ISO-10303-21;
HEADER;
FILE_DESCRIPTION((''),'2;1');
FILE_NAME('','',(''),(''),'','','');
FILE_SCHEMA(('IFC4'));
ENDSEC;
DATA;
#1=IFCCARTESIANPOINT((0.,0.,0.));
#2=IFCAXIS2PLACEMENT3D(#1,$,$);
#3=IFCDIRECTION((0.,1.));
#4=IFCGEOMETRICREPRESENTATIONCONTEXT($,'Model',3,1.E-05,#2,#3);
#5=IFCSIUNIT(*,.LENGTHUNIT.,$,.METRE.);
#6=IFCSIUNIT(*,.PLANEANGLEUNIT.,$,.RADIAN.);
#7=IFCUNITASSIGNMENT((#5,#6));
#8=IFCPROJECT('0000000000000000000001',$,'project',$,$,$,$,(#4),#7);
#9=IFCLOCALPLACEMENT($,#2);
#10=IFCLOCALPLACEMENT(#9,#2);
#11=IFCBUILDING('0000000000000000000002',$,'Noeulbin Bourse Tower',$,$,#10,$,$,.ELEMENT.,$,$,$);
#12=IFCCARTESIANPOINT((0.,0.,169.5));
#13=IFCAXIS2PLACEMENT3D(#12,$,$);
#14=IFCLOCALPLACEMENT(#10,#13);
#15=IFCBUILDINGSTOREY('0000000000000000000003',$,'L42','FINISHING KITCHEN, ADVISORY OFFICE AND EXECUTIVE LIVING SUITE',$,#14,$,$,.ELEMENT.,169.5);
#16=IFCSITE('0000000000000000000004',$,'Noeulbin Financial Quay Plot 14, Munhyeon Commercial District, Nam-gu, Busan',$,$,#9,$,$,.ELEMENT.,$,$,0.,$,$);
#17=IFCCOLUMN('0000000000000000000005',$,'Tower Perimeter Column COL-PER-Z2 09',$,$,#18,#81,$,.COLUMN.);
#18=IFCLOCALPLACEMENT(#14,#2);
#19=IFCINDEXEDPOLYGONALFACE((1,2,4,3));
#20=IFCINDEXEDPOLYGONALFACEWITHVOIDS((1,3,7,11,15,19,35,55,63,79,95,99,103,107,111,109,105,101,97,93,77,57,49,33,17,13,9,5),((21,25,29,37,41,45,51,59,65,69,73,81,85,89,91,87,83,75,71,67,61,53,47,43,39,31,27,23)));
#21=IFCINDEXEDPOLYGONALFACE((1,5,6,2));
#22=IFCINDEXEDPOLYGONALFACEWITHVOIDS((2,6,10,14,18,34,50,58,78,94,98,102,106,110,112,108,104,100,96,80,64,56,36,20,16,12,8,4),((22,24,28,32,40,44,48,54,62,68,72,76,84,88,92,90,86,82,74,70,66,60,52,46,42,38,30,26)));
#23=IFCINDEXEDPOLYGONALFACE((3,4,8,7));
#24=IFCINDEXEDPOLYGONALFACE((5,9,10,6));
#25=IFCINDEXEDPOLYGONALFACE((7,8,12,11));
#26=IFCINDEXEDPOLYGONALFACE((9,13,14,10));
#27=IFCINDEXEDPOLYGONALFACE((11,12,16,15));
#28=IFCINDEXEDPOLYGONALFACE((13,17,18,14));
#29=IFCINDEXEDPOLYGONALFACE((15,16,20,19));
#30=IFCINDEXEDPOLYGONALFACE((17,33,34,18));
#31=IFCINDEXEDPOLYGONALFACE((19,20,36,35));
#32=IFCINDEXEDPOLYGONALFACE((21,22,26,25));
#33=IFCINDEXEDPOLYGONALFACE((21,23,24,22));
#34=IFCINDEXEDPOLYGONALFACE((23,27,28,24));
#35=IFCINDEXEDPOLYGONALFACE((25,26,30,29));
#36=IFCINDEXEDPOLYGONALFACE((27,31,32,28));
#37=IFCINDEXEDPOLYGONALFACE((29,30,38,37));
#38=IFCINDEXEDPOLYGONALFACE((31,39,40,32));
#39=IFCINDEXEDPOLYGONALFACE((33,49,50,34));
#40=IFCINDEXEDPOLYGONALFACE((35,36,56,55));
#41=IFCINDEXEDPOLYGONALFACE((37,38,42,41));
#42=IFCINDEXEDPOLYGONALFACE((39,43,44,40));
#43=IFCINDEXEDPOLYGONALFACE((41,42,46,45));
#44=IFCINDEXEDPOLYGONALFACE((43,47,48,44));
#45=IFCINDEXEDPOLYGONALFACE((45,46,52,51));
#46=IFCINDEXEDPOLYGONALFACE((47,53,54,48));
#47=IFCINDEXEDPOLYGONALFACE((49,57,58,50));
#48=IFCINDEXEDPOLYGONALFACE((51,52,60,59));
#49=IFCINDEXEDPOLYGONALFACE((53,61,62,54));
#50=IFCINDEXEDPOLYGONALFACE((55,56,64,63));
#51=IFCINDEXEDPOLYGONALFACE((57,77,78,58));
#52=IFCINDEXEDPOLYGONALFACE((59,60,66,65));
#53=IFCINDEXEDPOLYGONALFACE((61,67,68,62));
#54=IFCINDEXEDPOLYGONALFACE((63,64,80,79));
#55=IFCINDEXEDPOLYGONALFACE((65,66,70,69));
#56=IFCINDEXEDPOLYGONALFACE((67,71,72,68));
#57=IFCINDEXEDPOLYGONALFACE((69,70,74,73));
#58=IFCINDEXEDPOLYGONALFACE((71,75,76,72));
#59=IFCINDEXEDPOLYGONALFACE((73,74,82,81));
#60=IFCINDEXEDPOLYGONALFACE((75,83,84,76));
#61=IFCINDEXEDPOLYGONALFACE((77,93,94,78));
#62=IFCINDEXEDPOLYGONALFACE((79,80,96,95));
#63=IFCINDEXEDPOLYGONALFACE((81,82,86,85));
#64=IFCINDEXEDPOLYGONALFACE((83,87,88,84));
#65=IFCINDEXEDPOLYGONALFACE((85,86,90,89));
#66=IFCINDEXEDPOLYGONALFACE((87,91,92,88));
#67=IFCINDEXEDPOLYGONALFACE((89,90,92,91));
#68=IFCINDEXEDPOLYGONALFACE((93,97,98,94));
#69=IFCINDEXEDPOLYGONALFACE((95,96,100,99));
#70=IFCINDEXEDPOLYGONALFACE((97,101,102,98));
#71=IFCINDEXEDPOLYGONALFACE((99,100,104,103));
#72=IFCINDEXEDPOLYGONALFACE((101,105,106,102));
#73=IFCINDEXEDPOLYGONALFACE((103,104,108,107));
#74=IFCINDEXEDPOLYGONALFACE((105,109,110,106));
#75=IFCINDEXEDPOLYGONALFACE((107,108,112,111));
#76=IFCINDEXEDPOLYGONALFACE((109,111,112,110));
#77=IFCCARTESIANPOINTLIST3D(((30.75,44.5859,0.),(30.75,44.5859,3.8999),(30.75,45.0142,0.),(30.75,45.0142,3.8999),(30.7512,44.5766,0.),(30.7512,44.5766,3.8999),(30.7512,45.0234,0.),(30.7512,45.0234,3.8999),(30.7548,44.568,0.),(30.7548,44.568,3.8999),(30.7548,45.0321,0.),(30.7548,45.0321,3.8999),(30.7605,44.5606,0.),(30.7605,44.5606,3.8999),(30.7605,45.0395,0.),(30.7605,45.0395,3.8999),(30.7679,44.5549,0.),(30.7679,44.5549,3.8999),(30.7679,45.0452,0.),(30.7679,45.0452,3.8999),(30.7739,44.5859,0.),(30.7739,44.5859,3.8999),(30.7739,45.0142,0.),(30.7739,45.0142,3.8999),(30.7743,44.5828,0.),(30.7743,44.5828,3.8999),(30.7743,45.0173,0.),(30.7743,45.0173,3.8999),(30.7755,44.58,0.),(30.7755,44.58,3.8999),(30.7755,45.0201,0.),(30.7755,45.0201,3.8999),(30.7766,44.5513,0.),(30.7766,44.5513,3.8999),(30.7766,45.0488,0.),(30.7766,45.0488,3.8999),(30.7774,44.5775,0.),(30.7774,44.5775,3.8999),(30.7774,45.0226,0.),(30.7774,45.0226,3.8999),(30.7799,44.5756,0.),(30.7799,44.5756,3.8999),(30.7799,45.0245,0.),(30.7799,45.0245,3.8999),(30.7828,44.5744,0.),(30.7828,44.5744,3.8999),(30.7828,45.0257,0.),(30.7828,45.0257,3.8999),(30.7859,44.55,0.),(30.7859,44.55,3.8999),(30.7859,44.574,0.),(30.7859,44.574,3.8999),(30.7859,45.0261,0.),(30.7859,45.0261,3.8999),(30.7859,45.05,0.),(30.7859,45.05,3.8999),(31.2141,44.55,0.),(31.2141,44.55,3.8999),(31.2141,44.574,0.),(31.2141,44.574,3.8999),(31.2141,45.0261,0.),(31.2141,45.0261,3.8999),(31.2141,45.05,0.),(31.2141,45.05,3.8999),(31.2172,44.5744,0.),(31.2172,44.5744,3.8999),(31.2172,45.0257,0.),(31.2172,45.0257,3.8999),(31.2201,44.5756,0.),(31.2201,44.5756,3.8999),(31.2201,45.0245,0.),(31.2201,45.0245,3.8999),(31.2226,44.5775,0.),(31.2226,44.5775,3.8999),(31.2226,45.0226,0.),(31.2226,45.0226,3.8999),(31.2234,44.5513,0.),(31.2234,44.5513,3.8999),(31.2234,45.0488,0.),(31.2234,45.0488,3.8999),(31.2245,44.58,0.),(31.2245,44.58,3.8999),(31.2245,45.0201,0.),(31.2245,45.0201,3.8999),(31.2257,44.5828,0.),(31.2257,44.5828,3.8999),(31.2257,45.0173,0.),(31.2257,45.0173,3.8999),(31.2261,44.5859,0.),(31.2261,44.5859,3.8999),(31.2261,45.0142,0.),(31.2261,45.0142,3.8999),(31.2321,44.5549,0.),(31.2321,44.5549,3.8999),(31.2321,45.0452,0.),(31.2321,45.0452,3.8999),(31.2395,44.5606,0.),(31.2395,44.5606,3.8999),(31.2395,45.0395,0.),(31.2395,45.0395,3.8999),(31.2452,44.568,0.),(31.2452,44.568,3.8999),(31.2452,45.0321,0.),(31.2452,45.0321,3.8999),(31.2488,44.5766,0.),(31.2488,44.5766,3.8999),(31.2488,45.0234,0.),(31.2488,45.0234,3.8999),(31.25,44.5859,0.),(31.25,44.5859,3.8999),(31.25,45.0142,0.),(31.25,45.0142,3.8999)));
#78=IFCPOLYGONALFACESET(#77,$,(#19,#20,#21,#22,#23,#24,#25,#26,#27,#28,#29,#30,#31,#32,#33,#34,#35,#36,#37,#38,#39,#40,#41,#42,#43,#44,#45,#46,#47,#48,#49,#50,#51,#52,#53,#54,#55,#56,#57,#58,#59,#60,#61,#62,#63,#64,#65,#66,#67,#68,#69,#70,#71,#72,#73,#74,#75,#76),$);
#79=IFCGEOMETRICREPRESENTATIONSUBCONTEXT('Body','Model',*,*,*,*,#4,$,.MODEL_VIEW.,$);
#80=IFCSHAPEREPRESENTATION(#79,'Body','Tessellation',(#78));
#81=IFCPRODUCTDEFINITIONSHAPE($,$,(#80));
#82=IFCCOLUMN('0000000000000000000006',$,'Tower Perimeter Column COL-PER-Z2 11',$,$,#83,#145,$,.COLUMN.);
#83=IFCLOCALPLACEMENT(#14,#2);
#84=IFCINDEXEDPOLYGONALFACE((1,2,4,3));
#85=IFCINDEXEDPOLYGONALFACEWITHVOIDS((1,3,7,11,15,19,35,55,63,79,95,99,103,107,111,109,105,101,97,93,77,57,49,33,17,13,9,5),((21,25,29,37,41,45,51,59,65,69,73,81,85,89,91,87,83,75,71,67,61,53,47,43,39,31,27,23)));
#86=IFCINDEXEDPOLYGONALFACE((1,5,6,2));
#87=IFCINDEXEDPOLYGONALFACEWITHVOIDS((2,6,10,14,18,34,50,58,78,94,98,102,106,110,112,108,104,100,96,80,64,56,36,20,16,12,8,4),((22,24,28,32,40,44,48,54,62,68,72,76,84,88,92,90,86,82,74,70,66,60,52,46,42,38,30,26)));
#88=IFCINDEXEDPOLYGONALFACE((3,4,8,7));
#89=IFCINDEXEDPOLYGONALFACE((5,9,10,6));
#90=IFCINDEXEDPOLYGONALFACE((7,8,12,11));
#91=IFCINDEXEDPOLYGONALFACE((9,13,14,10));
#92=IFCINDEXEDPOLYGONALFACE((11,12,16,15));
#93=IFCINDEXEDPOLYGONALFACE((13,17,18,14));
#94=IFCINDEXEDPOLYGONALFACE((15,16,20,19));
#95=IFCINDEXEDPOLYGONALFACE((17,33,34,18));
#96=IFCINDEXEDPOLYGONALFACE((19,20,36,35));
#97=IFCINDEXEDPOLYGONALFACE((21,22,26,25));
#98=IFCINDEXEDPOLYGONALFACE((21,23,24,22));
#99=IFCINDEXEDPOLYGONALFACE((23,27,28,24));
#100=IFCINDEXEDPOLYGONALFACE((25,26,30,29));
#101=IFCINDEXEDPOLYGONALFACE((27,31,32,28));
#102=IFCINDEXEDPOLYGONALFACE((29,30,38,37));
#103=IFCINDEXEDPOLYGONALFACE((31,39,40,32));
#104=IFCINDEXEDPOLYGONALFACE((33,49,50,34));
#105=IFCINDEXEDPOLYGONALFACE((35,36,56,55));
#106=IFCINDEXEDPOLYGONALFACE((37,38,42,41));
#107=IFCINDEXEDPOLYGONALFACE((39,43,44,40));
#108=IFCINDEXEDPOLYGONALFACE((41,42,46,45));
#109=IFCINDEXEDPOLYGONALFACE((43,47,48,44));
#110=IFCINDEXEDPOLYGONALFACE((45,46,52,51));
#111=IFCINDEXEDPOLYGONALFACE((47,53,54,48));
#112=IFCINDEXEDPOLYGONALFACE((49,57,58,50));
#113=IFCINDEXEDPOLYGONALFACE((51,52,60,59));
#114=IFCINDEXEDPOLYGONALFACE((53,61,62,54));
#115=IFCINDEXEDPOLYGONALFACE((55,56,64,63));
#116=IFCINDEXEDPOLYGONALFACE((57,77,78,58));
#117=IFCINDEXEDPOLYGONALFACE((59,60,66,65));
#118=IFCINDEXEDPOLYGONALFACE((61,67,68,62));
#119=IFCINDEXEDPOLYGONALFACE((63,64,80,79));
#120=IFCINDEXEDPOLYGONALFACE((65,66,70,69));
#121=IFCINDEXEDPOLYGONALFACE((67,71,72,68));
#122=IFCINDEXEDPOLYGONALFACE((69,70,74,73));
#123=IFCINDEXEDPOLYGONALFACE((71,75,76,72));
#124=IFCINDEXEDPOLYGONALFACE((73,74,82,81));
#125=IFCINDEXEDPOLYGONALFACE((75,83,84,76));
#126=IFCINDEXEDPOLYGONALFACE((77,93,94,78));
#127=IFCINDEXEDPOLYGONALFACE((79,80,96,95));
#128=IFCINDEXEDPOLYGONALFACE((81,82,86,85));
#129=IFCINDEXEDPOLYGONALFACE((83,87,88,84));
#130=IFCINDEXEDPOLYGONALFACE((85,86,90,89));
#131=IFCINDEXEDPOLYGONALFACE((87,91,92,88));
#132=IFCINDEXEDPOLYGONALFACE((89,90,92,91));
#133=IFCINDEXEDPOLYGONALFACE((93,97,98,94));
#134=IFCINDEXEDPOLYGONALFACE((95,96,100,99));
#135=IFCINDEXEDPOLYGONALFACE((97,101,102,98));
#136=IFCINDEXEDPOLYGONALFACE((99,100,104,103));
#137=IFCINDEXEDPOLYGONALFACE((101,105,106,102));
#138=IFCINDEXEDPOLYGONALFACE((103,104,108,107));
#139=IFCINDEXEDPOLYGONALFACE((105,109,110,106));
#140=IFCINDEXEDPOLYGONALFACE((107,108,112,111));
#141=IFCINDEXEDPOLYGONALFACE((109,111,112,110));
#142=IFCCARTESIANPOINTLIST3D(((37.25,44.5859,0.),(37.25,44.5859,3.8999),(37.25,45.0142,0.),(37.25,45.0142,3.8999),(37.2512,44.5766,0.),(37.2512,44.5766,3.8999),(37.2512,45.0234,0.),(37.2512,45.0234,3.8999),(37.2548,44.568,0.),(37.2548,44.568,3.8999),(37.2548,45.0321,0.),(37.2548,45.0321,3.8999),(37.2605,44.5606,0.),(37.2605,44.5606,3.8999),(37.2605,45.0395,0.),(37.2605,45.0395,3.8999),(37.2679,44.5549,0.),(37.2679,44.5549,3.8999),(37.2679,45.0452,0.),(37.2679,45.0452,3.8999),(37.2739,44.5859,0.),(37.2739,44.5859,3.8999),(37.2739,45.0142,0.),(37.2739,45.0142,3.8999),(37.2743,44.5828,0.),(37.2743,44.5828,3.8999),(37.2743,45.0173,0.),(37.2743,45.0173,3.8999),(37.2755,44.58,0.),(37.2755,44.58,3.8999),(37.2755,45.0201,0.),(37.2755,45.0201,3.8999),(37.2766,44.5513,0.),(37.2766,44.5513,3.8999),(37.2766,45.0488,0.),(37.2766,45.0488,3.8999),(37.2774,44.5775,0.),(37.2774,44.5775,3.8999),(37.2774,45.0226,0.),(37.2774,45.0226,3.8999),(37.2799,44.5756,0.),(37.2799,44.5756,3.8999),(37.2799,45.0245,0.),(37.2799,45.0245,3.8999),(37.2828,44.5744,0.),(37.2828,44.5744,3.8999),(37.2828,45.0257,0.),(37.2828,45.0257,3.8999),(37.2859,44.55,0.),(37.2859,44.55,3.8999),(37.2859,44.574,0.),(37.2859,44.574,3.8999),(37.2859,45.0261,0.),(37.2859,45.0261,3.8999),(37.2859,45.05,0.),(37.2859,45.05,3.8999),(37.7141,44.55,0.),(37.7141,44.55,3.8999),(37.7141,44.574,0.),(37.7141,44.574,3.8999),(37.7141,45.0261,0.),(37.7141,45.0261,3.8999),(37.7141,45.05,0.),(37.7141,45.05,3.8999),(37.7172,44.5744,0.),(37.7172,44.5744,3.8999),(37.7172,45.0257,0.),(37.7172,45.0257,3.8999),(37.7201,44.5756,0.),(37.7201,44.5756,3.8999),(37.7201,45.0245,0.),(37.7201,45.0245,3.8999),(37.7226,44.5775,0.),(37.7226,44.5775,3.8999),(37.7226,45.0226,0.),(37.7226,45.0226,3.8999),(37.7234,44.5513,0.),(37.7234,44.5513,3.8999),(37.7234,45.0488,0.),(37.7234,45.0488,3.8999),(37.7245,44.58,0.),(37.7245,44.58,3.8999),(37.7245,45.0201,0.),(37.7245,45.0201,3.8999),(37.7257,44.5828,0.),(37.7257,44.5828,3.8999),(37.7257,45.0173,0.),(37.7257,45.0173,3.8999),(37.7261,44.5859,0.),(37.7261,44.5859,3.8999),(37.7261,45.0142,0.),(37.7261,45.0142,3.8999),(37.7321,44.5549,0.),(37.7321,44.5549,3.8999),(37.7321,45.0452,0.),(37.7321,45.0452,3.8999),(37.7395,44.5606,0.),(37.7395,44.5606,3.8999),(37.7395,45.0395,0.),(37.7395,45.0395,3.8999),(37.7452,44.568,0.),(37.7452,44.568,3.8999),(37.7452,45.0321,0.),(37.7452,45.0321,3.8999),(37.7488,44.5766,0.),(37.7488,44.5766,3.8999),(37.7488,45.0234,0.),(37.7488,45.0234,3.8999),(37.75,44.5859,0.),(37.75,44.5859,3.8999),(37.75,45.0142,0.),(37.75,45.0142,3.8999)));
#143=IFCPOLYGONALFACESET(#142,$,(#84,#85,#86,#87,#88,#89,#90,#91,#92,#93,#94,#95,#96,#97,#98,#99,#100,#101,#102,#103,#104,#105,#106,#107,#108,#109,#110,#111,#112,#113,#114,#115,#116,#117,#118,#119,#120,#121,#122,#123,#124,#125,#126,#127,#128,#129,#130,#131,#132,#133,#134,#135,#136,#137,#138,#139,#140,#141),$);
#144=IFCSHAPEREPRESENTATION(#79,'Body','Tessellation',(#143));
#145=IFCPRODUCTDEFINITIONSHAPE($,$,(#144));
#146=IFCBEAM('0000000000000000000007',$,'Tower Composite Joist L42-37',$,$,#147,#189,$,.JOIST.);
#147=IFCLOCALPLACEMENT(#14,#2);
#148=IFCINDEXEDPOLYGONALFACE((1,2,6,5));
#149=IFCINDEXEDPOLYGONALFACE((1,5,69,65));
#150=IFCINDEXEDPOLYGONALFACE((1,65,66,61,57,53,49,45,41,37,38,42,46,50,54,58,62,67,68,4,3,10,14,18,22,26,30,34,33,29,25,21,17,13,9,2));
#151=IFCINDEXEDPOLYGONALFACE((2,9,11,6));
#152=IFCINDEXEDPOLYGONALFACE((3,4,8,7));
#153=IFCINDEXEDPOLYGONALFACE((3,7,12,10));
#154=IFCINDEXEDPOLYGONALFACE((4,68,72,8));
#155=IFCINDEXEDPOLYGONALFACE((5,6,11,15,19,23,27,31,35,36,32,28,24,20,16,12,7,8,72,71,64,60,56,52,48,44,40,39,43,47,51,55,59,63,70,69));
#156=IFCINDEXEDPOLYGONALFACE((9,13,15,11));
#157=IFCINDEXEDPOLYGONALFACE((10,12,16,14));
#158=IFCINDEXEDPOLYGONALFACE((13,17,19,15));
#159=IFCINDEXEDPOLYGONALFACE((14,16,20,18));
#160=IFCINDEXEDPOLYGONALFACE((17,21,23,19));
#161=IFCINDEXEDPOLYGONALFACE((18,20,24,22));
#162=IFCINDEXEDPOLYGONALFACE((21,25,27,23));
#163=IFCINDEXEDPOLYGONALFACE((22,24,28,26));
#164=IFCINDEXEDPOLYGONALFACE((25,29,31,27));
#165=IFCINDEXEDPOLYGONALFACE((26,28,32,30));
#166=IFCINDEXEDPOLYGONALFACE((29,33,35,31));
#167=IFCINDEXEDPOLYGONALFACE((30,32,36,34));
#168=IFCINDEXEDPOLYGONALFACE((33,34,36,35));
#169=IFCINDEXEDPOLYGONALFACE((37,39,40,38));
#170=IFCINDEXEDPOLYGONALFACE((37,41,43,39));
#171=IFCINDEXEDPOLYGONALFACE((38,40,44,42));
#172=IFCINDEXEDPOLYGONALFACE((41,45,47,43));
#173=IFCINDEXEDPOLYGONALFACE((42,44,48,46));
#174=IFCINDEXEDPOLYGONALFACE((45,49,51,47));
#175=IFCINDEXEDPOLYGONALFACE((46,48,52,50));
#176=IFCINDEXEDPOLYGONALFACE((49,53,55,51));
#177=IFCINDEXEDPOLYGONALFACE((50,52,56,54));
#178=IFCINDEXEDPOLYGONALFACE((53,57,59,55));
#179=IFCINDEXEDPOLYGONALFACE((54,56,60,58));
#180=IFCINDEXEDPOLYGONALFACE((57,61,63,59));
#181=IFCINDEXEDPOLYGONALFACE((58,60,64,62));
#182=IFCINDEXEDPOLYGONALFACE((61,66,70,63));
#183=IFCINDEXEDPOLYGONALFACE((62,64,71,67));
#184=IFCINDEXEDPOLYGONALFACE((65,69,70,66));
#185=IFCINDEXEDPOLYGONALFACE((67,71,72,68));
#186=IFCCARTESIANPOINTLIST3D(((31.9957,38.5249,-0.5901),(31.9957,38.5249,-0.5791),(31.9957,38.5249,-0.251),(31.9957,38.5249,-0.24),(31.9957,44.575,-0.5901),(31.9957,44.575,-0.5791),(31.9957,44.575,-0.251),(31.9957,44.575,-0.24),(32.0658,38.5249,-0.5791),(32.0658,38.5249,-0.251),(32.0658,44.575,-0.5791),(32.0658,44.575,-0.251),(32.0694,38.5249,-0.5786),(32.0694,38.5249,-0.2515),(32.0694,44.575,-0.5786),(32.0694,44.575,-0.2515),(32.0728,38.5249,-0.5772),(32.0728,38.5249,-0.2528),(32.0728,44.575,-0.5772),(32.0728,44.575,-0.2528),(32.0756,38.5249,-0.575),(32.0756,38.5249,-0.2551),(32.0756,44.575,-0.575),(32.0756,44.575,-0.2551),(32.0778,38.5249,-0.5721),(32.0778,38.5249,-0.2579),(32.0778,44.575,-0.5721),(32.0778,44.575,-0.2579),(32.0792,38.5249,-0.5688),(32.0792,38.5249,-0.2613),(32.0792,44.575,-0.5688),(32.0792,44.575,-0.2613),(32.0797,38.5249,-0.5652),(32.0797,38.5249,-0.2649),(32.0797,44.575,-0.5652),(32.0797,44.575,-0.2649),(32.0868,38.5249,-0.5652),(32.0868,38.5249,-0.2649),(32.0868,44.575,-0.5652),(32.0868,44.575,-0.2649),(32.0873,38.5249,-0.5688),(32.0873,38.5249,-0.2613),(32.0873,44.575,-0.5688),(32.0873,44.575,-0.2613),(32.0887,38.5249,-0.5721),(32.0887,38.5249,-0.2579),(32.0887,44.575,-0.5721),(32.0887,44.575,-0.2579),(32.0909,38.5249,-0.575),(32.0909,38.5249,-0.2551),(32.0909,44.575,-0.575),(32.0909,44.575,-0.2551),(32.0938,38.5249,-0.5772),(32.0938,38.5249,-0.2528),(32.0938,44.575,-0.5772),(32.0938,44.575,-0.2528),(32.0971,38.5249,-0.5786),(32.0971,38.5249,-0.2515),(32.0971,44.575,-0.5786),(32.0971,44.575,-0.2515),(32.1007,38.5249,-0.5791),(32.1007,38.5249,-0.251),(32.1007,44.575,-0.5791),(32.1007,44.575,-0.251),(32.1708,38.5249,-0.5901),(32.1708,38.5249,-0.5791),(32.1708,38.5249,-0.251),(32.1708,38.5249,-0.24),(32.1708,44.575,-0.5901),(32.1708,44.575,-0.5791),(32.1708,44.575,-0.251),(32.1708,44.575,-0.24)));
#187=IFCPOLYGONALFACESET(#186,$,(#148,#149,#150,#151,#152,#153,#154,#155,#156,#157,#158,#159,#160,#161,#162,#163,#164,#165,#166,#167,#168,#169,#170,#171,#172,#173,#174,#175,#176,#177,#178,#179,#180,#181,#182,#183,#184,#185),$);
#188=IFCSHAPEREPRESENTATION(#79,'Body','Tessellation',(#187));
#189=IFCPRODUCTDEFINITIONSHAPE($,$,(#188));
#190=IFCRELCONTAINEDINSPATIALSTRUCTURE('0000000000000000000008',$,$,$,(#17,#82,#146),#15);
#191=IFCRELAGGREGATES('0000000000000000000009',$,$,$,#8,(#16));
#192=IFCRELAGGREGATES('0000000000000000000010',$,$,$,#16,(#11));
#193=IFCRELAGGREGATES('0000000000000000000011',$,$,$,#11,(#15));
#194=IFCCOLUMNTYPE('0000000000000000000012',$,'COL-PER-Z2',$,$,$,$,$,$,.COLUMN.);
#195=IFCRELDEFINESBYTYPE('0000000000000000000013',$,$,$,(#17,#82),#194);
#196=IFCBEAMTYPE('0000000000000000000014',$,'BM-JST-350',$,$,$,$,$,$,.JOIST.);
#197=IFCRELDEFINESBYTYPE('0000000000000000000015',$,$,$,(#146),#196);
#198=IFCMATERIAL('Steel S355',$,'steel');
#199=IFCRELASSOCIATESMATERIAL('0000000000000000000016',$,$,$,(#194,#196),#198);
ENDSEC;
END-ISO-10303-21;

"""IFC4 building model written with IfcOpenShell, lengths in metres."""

from ifc_helpers import new_model, si_unit, direction, frame, origin, origin_2d, place, context, subcontext, project, spatial, hollow_rectangle, i_section, extrude, material, material_profile, profile_set, type_object, element, save


model = new_model("IFC4")

# Units and contexts
model_context = context("Model", 3, precision=1e-05, world=origin(), true_north=direction((0.0, 1.0)))
body_context = subcontext(model_context, "Body", "Model", "MODEL_VIEW")
ifc_project = project(units=[si_unit("LENGTHUNIT", "METRE"), si_unit("PLANEANGLEUNIT", "RADIAN")], contexts=[model_context])

# Site, building, storey
site_placement = place(None, origin())
site = spatial("IfcSite", under=ifc_project, at=site_placement, Name="Noeulbin Financial Quay Plot 14, Munhyeon Commercial District, Nam-gu, Busan", CompositionType="ELEMENT", RefElevation=0.0)
building_placement = place(site_placement, origin())
building = spatial("IfcBuilding", under=site, at=building_placement, Name="Noeulbin Bourse Tower", CompositionType="ELEMENT")
storey_placement = place(building_placement, frame((0.0, 0.0, 169.5)))
storey = spatial("IfcBuildingStorey", under=building, at=storey_placement, Name="L42", Description="FINISHING KITCHEN, ADVISORY OFFICE AND EXECUTIVE LIVING SUITE", CompositionType="ELEMENT", Elevation=169.5)

# Columns
ifc_material_1 = material(Name="Steel S355", Category="steel")
ifc_material_profile_1 = material_profile(ifc_material_1, hollow_rectangle(XDim=0.5, YDim=0.5, WallThickness=0.0239, InnerFilletRadius=0.012, OuterFilletRadius=0.0359, at=origin_2d()), Name="BOX-500x500x24", Category="LoadBearing")
ifc_profile_set_1 = profile_set([ifc_material_profile_1], Name="Steel S355")
column_type = type_object("IfcColumnType", Name="COL-PER-Z2", PredefinedType="COLUMN", material=ifc_profile_set_1)
for number, where, z_axis, x_axis, name in (
    (1, (31.0, 44.8, 0.0), (0.0, 0.0, 1.0), (1.0, 0.0, 0.0), "Tower Perimeter Column COL-PER-Z2 09"),
    (2, (37.5, 44.8, 0.0), (0.0, 0.0, 1.0), (1.0, 0.0, 0.0), "Tower Perimeter Column COL-PER-Z2 11"),
):
    element("IfcColumn", number, at=place(storey_placement, frame(where, z_axis=z_axis, x_axis=x_axis)), inside=storey, type_object=column_type, Name=name, PredefinedType="COLUMN", context=body_context, shape_type="SweptSolid", body=[
        extrude(hollow_rectangle(XDim=0.5, YDim=0.5, WallThickness=0.0239, InnerFilletRadius=0.012, OuterFilletRadius=0.0359, at=origin_2d()), origin(), (0.0, 0.0, 1.0), 3.8999),
    ])

# Beam
ifc_material_profile_2 = material_profile(ifc_material_1, i_section(OverallWidth=0.175, OverallDepth=0.3501, WebThickness=0.0071, FlangeThickness=0.011, FilletRadius=0.0139, at=origin_2d()), Name="H-350x175x7x11", Category="LoadBearing")
ifc_profile_set_2 = profile_set([ifc_material_profile_2], Name="Steel S355")
beam_type_1 = type_object("IfcBeamType", Name="BM-JST-350", PredefinedType="JOIST", material=ifc_profile_set_2)
for number, where, z_axis, x_axis, name in (
    (3, (32.0833, 38.5249, -0.415), (0.0, 1.0, 0.0), (-1.0, 0.0, 0.0), "Tower Composite Joist L42-37"),
):
    element("IfcBeam", number, at=place(storey_placement, frame(where, z_axis=z_axis, x_axis=x_axis)), inside=storey, type_object=beam_type_1, Name=name, PredefinedType="JOIST", context=body_context, shape_type="SweptSolid", body=[
        extrude(i_section(OverallWidth=0.175, OverallDepth=0.3501, WebThickness=0.0071, FlangeThickness=0.011, FilletRadius=0.0139, at=origin_2d()), origin(), (0.0, 0.0, 1.0), 6.05),
    ])

save(model, "model.ifc")
